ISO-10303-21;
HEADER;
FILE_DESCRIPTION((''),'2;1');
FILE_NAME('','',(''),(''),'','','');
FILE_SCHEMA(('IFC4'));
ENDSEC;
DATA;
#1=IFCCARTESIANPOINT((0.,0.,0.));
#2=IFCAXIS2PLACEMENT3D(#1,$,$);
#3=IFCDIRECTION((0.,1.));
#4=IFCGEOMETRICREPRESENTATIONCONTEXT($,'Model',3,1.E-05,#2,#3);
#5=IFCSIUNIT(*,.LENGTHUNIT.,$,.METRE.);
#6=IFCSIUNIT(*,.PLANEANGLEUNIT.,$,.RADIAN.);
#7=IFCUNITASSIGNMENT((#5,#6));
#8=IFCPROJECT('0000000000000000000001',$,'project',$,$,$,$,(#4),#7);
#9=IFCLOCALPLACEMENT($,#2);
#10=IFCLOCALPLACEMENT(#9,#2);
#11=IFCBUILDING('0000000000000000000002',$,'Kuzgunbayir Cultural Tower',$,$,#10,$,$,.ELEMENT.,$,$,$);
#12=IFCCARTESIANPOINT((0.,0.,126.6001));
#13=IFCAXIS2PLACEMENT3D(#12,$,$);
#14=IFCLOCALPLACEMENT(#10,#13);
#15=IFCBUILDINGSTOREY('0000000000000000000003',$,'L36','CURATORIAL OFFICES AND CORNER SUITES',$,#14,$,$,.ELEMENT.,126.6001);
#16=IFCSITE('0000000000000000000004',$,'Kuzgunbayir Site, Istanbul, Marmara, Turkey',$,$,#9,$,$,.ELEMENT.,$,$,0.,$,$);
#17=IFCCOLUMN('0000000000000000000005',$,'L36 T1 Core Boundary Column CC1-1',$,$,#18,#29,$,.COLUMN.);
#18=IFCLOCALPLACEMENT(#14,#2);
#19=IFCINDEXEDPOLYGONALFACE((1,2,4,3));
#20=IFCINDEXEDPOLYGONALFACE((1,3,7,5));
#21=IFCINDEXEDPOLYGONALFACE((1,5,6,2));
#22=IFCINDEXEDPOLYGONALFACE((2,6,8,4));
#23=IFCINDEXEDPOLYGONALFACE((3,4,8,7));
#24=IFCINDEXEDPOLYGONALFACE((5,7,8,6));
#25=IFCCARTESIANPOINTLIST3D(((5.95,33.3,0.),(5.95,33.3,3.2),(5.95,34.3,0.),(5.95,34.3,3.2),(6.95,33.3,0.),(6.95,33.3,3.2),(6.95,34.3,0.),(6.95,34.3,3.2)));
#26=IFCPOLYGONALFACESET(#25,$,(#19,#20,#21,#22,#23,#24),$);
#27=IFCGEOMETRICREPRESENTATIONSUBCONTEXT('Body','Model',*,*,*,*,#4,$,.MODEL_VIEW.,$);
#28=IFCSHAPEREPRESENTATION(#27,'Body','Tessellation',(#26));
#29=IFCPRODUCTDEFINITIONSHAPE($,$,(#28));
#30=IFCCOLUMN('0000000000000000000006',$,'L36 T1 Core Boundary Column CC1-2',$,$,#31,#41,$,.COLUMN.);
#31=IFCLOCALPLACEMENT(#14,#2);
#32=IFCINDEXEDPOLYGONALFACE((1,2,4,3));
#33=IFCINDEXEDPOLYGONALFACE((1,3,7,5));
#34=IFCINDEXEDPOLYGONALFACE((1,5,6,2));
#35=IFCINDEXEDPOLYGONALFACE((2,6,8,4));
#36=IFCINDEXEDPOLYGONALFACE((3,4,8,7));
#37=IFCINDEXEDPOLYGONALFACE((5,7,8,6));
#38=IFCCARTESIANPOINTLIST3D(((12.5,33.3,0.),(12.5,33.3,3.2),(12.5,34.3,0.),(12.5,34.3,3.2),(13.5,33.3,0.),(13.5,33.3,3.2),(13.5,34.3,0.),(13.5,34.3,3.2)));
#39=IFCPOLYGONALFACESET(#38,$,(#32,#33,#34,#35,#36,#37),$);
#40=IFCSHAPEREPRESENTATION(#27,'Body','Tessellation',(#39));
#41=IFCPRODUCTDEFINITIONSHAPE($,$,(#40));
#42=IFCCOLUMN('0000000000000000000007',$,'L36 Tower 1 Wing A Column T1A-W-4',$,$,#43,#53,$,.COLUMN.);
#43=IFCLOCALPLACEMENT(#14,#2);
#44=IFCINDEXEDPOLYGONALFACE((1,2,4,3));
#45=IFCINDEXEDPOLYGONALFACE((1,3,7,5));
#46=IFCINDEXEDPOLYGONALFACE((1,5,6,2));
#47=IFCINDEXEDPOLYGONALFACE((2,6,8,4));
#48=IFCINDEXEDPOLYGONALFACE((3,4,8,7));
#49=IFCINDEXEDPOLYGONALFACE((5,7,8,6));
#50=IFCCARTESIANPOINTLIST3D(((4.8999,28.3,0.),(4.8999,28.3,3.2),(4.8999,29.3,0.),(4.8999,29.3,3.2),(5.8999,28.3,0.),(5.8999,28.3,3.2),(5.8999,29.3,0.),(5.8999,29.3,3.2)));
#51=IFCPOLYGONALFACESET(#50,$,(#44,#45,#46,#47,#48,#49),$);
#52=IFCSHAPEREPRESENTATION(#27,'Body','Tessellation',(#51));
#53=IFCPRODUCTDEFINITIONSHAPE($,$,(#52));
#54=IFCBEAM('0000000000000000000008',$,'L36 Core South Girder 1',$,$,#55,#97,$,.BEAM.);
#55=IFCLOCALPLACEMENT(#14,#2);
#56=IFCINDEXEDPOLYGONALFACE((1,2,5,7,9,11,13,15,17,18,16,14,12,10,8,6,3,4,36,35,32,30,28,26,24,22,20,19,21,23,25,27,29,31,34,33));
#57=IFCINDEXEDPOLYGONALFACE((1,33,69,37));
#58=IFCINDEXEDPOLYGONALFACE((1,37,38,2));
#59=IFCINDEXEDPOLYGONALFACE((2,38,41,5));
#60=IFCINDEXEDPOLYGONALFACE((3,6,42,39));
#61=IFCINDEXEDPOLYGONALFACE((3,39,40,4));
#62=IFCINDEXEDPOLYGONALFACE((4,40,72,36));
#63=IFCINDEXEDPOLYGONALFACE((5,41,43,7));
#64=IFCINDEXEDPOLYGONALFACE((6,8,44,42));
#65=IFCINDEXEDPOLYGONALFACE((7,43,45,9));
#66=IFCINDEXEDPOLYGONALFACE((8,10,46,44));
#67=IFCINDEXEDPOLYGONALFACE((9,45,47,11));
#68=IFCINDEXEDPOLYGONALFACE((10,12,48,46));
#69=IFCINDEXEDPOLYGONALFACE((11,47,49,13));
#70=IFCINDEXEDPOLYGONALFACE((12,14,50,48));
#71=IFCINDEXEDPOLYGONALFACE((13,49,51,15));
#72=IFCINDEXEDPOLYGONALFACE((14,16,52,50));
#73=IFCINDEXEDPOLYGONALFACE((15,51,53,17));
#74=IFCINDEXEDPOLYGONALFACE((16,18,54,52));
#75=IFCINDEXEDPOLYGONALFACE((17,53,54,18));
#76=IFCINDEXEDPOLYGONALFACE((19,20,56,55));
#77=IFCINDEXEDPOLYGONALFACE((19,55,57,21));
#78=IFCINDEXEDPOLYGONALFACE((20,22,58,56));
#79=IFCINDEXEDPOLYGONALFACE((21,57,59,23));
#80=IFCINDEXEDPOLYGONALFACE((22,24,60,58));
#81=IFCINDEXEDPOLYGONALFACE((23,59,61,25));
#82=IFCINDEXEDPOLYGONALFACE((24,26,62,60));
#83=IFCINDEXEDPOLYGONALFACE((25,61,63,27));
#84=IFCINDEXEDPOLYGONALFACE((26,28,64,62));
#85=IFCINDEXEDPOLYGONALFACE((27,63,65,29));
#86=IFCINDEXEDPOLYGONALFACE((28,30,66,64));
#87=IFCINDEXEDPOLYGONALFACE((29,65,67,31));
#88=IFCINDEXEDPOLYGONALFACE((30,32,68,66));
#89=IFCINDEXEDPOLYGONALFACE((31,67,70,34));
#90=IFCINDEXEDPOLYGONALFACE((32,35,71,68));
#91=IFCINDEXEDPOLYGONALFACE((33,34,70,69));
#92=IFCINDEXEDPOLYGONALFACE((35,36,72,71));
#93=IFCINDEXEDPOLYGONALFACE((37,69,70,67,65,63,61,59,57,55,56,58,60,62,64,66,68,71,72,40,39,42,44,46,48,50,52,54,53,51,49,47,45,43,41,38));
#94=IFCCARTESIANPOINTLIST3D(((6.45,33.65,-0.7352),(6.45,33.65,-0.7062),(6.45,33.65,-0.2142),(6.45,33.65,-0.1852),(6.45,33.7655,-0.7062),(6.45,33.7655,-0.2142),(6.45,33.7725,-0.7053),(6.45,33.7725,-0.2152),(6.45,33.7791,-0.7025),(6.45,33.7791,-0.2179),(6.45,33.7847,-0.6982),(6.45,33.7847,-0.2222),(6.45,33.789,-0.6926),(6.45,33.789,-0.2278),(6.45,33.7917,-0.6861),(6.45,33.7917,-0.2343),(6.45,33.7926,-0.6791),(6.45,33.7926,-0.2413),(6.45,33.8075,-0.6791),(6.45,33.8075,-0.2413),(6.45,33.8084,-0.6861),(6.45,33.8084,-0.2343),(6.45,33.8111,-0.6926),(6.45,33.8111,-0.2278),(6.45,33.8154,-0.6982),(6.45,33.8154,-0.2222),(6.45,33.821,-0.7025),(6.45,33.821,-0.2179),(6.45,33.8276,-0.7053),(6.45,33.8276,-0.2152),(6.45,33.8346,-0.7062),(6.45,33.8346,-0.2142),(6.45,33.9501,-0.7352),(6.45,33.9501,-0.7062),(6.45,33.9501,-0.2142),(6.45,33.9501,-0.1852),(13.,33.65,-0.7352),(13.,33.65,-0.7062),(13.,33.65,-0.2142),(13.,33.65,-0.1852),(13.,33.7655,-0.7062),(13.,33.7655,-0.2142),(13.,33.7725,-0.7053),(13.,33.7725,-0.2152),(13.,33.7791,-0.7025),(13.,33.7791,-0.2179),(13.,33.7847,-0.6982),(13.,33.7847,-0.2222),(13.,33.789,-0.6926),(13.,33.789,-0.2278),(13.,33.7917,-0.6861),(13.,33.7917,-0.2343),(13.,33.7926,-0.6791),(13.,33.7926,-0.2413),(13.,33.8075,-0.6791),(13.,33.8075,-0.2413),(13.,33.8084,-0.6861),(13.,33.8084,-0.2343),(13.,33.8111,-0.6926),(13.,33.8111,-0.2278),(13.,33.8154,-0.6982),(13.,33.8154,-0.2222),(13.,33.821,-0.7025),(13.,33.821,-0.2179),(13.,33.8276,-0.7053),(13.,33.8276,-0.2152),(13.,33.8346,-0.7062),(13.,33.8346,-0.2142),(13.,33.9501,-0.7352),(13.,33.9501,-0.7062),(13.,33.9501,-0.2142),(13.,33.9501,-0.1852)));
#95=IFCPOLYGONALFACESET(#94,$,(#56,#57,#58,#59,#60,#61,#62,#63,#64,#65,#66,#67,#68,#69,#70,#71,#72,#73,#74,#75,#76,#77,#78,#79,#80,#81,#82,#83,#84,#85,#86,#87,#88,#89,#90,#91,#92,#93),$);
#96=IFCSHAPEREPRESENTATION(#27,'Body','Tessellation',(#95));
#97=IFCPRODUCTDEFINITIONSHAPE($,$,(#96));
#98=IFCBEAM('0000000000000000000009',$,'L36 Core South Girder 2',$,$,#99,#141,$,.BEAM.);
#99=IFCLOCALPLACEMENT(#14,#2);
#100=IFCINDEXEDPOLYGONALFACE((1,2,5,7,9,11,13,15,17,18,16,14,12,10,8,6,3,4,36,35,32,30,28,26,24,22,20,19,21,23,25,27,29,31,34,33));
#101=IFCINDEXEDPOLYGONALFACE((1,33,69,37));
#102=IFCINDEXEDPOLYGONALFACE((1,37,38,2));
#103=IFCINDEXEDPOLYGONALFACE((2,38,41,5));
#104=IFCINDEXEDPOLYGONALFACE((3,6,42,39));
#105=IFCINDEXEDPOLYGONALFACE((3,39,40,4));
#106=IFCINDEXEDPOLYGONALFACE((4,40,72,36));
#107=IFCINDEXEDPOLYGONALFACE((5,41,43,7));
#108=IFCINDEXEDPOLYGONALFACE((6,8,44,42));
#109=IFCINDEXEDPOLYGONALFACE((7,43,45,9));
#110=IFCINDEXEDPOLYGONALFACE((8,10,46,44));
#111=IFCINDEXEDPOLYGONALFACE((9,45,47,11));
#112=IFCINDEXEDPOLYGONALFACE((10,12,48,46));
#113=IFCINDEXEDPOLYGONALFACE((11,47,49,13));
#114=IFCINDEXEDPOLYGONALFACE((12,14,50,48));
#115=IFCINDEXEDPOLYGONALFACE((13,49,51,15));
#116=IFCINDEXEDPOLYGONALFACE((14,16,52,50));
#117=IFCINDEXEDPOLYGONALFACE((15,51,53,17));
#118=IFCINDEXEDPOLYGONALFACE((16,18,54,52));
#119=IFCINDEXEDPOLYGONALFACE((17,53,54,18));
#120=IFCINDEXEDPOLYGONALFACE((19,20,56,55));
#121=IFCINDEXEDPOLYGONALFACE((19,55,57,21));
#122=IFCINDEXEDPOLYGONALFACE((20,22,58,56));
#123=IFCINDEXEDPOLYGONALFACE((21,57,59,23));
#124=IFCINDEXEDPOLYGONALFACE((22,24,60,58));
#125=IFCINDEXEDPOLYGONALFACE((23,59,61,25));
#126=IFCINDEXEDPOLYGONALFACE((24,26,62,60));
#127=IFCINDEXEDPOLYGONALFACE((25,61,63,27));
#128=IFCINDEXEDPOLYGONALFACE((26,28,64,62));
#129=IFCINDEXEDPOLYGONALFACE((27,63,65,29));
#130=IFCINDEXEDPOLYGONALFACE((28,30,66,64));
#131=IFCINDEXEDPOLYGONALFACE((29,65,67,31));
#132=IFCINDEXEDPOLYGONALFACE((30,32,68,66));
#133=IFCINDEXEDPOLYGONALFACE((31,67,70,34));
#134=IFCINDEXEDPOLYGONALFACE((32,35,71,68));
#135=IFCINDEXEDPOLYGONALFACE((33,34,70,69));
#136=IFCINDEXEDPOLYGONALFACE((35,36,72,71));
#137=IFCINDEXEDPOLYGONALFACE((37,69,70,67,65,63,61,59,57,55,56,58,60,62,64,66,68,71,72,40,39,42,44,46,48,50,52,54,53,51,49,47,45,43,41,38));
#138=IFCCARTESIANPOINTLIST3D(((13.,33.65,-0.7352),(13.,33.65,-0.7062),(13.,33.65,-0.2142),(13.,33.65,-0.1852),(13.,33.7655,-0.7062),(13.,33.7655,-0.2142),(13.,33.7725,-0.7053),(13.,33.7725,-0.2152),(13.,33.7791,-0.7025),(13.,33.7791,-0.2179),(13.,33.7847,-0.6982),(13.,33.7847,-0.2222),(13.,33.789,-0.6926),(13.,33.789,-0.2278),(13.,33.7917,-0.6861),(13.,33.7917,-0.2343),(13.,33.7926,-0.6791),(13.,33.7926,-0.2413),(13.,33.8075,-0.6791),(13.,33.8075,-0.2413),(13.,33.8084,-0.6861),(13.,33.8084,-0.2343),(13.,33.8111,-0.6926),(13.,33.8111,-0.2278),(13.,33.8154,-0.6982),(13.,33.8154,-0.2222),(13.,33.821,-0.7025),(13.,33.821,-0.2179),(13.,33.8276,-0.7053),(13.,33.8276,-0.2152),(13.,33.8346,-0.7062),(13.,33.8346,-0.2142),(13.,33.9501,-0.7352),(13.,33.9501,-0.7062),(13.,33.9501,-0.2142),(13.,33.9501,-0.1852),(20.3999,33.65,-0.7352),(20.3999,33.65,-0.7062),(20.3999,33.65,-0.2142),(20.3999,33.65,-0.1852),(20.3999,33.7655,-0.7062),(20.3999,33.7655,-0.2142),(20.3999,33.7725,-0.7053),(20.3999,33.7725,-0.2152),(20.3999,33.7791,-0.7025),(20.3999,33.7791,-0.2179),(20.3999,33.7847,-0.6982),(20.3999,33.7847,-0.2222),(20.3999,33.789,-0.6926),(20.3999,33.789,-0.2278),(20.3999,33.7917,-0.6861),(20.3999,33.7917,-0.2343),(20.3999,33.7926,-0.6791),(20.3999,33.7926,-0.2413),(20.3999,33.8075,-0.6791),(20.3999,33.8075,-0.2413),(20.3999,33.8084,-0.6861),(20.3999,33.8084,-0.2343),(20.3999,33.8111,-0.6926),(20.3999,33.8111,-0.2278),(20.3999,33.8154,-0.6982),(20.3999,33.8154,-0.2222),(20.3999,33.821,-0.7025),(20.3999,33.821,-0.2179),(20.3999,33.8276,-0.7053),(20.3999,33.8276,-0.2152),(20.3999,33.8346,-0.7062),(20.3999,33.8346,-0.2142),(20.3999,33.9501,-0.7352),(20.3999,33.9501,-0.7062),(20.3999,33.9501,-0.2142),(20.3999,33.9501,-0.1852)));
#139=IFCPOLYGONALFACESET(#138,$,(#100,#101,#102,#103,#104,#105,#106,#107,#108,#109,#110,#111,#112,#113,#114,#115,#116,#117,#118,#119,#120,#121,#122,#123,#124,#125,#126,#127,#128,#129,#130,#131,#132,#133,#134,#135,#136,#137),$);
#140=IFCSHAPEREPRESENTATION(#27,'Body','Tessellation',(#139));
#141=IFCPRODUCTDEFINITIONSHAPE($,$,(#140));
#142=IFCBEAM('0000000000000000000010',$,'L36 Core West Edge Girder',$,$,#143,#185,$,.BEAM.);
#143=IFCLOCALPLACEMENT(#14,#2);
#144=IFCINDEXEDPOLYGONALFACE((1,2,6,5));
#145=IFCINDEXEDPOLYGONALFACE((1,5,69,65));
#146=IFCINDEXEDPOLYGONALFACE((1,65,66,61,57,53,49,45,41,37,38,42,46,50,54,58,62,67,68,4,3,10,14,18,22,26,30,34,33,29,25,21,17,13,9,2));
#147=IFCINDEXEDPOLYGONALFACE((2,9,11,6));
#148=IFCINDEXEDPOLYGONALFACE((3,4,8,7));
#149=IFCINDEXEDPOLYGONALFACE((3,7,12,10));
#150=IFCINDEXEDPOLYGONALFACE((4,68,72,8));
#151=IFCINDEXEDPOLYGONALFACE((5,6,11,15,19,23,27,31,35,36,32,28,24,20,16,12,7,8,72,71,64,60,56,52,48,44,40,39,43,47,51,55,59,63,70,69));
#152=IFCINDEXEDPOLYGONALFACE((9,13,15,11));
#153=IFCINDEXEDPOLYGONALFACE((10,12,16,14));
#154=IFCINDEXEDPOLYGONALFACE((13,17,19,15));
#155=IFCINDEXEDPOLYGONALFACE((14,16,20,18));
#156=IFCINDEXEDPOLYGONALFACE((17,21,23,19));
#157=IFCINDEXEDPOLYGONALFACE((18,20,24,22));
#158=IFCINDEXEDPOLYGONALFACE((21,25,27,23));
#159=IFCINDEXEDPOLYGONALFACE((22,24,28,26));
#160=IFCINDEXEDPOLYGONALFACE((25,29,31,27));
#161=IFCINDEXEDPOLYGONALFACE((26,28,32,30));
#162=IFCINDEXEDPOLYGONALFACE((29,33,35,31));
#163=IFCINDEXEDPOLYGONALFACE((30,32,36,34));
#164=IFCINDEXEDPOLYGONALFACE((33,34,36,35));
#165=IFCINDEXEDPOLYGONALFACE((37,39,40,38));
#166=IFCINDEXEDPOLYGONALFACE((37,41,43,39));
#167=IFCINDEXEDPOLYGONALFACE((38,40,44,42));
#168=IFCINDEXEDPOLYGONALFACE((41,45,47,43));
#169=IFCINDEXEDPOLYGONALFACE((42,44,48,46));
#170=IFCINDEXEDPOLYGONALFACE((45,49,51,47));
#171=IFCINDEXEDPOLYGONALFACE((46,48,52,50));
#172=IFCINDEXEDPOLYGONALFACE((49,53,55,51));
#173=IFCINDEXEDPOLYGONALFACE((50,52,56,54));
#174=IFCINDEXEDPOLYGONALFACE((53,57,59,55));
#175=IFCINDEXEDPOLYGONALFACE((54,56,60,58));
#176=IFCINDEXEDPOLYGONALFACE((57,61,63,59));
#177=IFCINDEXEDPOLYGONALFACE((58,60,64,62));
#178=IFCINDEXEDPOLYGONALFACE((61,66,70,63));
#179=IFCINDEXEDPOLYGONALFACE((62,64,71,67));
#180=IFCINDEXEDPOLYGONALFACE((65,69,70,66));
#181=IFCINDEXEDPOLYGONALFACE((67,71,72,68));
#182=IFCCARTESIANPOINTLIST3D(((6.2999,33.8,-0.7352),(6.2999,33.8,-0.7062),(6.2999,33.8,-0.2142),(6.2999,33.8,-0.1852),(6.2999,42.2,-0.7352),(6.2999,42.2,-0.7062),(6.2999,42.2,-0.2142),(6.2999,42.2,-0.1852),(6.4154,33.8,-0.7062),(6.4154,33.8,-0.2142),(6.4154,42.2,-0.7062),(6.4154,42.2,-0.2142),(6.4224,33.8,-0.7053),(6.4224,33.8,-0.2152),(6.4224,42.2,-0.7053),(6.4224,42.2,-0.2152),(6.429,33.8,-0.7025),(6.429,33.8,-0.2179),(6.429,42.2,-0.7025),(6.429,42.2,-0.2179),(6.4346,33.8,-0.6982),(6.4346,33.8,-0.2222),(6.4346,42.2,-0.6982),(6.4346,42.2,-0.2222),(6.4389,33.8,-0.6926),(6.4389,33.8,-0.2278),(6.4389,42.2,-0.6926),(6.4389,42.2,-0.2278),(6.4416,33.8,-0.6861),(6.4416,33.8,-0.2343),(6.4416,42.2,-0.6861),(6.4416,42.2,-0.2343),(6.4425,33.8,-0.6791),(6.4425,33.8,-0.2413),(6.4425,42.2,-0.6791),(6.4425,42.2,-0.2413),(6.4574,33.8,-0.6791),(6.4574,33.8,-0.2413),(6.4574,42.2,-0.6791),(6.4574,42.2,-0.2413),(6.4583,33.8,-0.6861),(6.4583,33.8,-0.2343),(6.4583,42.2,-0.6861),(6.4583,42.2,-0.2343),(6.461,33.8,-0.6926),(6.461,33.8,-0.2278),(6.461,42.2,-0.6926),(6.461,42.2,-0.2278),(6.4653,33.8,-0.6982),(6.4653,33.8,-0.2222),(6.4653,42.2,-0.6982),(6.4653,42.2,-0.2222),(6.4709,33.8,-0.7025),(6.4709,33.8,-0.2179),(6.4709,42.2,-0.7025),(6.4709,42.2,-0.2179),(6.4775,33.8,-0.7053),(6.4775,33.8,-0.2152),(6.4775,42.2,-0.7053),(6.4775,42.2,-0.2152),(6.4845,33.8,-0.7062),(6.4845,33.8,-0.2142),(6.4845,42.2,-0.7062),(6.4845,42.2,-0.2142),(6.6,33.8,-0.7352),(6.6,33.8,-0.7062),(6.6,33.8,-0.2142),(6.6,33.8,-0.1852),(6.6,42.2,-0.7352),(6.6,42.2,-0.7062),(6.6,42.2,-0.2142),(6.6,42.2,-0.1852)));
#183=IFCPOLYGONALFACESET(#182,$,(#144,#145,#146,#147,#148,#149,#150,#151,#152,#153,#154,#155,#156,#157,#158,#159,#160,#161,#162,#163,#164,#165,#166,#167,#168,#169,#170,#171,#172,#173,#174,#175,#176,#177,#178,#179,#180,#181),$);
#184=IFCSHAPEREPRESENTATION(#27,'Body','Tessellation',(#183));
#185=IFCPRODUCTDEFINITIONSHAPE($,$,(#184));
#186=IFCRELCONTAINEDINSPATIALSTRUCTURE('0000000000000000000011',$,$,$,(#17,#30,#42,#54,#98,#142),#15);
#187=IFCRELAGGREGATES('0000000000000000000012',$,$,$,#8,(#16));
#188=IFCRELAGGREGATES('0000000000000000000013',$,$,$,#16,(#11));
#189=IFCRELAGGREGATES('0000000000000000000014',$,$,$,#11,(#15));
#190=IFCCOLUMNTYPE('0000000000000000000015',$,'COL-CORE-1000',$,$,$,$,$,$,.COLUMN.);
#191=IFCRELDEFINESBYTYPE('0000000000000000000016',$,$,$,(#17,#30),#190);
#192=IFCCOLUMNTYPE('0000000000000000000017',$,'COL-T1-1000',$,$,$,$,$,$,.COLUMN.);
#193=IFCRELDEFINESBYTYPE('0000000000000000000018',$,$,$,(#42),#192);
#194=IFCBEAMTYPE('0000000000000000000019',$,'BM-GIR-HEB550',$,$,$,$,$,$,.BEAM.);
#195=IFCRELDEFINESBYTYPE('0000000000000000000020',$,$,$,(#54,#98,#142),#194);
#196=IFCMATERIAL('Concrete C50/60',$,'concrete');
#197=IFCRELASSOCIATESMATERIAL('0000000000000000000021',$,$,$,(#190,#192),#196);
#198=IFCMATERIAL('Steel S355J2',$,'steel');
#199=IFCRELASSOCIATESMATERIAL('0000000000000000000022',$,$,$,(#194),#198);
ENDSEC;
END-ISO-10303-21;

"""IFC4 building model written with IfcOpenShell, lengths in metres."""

from ifc_helpers import new_model, si_unit, direction, frame, origin, origin_2d, place, context, subcontext, project, spatial, rectangle, i_section, extrude, material, material_profile, profile_set, type_object, element, save


model = new_model("IFC4")

# Units and contexts
model_context = context("Model", 3, precision=1e-05, world=origin(), true_north=direction((0.0, 1.0)))
body_context = subcontext(model_context, "Body", "Model", "MODEL_VIEW")
ifc_project = project(units=[si_unit("LENGTHUNIT", "METRE"), si_unit("PLANEANGLEUNIT", "RADIAN")], contexts=[model_context])

# Site, building, storey
site_placement = place(None, origin())
site = spatial("IfcSite", under=ifc_project, at=site_placement, Name="Kuzgunbayir Site, Istanbul, Marmara, Turkey", CompositionType="ELEMENT", RefElevation=0.0)
building_placement = place(site_placement, origin())
building = spatial("IfcBuilding", under=site, at=building_placement, Name="Kuzgunbayir Cultural Tower", CompositionType="ELEMENT")
storey_placement = place(building_placement, frame((0.0, 0.0, 126.6001)))
storey = spatial("IfcBuildingStorey", under=building, at=storey_placement, Name="L36", Description="CURATORIAL OFFICES AND CORNER SUITES", CompositionType="ELEMENT", Elevation=126.6001)

# Columns
ifc_material_1 = material(Name="Concrete C50/60", Category="concrete")
ifc_material_profile_1 = material_profile(ifc_material_1, rectangle(XDim=1.0, YDim=1.0, at=origin_2d()), Name="RC 1000x1000")
ifc_profile_set_1 = profile_set([ifc_material_profile_1], Name="Concrete C50/60")
column_type_1 = type_object("IfcColumnType", Name="COL-CORE-1000", PredefinedType="COLUMN", material=ifc_profile_set_1)
for number, where, z_axis, x_axis, name in (
    (1, (6.45, 33.8, 0.0), (0.0, 0.0, 1.0), (1.0, 0.0, 0.0), "L36 T1 Core Boundary Column CC1-1"),
    (2, (13.0, 33.8, 0.0), (0.0, 0.0, 1.0), (1.0, 0.0, 0.0), "L36 T1 Core Boundary Column CC1-2"),
):
    element("IfcColumn", number, at=place(storey_placement, frame(where, z_axis=z_axis, x_axis=x_axis)), inside=storey, type_object=column_type_1, Name=name, PredefinedType="COLUMN", context=body_context, shape_type="SweptSolid", body=[
        extrude(rectangle(XDim=1.0, YDim=1.0, at=origin_2d()), origin(), (0.0, 0.0, 1.0), 3.2),
    ])
ifc_material_profile_2 = material_profile(ifc_material_1, rectangle(XDim=1.0, YDim=1.0, at=origin_2d()), Name="RC 1000x1000")
ifc_profile_set_2 = profile_set([ifc_material_profile_2], Name="Concrete C50/60")
column_type_2 = type_object("IfcColumnType", Name="COL-T1-1000", PredefinedType="COLUMN", material=ifc_profile_set_2)
column_placement = place(storey_placement, frame((5.3999, 28.8, 0.0), z_axis=(0.0, 0.0, 1.0), x_axis=(1.0, 0.0, 0.0)))
element("IfcColumn", 3, at=column_placement, inside=storey, type_object=column_type_2, Name="L36 Tower 1 Wing A Column T1A-W-4", PredefinedType="COLUMN", context=body_context, shape_type="SweptSolid", body=[
    extrude(rectangle(XDim=1.0, YDim=1.0, at=origin_2d()), origin(), (0.0, 0.0, 1.0), 3.2),
])

# Beams
ifc_material_2 = material(Name="Steel S355J2", Category="steel")
ifc_material_profile_3 = material_profile(ifc_material_2, i_section(OverallWidth=0.3, OverallDepth=0.55, WebThickness=0.0149, FlangeThickness=0.0291, FilletRadius=0.0271, at=origin_2d()), Name="HEB 550")
ifc_profile_set_3 = profile_set([ifc_material_profile_3], Name="Steel S355J2")
beam_type = type_object("IfcBeamType", Name="BM-GIR-HEB550", PredefinedType="BEAM", material=ifc_profile_set_3)
beam_1_placement = place(storey_placement, frame((6.45, 33.8, -0.4602), z_axis=(1.0, 0.0, 0.0), x_axis=(0.0, 1.0, 0.0)))
element("IfcBeam", 4, at=beam_1_placement, inside=storey, type_object=beam_type, Name="L36 Core South Girder 1", PredefinedType="BEAM", context=body_context, shape_type="SweptSolid", body=[
    extrude(i_section(OverallWidth=0.3, OverallDepth=0.55, WebThickness=0.0149, FlangeThickness=0.0291, FilletRadius=0.0271, at=origin_2d()), origin(), (0.0, 0.0, 1.0), 6.55),
])
beam_2_placement = place(storey_placement, frame((13.0, 33.8, -0.4602), z_axis=(1.0, 0.0, 0.0), x_axis=(0.0, 1.0, 0.0)))
element("IfcBeam", 5, at=beam_2_placement, inside=storey, type_object=beam_type, Name="L36 Core South Girder 2", PredefinedType="BEAM", context=body_context, shape_type="SweptSolid", body=[
    extrude(i_section(OverallWidth=0.3, OverallDepth=0.55, WebThickness=0.0149, FlangeThickness=0.0291, FilletRadius=0.0271, at=origin_2d()), origin(), (0.0, 0.0, 1.0), 7.3999),
])
beam_3_placement = place(storey_placement, frame((6.45, 33.8, -0.4602), z_axis=(0.0, 1.0, 0.0), x_axis=(-1.0, 0.0, 0.0)))
element("IfcBeam", 6, at=beam_3_placement, inside=storey, type_object=beam_type, Name="L36 Core West Edge Girder", PredefinedType="BEAM", context=body_context, shape_type="SweptSolid", body=[
    extrude(i_section(OverallWidth=0.3, OverallDepth=0.55, WebThickness=0.0149, FlangeThickness=0.0291, FilletRadius=0.0271, at=origin_2d()), origin(), (0.0, 0.0, 1.0), 8.3999),
])

save(model, "model.ifc")
